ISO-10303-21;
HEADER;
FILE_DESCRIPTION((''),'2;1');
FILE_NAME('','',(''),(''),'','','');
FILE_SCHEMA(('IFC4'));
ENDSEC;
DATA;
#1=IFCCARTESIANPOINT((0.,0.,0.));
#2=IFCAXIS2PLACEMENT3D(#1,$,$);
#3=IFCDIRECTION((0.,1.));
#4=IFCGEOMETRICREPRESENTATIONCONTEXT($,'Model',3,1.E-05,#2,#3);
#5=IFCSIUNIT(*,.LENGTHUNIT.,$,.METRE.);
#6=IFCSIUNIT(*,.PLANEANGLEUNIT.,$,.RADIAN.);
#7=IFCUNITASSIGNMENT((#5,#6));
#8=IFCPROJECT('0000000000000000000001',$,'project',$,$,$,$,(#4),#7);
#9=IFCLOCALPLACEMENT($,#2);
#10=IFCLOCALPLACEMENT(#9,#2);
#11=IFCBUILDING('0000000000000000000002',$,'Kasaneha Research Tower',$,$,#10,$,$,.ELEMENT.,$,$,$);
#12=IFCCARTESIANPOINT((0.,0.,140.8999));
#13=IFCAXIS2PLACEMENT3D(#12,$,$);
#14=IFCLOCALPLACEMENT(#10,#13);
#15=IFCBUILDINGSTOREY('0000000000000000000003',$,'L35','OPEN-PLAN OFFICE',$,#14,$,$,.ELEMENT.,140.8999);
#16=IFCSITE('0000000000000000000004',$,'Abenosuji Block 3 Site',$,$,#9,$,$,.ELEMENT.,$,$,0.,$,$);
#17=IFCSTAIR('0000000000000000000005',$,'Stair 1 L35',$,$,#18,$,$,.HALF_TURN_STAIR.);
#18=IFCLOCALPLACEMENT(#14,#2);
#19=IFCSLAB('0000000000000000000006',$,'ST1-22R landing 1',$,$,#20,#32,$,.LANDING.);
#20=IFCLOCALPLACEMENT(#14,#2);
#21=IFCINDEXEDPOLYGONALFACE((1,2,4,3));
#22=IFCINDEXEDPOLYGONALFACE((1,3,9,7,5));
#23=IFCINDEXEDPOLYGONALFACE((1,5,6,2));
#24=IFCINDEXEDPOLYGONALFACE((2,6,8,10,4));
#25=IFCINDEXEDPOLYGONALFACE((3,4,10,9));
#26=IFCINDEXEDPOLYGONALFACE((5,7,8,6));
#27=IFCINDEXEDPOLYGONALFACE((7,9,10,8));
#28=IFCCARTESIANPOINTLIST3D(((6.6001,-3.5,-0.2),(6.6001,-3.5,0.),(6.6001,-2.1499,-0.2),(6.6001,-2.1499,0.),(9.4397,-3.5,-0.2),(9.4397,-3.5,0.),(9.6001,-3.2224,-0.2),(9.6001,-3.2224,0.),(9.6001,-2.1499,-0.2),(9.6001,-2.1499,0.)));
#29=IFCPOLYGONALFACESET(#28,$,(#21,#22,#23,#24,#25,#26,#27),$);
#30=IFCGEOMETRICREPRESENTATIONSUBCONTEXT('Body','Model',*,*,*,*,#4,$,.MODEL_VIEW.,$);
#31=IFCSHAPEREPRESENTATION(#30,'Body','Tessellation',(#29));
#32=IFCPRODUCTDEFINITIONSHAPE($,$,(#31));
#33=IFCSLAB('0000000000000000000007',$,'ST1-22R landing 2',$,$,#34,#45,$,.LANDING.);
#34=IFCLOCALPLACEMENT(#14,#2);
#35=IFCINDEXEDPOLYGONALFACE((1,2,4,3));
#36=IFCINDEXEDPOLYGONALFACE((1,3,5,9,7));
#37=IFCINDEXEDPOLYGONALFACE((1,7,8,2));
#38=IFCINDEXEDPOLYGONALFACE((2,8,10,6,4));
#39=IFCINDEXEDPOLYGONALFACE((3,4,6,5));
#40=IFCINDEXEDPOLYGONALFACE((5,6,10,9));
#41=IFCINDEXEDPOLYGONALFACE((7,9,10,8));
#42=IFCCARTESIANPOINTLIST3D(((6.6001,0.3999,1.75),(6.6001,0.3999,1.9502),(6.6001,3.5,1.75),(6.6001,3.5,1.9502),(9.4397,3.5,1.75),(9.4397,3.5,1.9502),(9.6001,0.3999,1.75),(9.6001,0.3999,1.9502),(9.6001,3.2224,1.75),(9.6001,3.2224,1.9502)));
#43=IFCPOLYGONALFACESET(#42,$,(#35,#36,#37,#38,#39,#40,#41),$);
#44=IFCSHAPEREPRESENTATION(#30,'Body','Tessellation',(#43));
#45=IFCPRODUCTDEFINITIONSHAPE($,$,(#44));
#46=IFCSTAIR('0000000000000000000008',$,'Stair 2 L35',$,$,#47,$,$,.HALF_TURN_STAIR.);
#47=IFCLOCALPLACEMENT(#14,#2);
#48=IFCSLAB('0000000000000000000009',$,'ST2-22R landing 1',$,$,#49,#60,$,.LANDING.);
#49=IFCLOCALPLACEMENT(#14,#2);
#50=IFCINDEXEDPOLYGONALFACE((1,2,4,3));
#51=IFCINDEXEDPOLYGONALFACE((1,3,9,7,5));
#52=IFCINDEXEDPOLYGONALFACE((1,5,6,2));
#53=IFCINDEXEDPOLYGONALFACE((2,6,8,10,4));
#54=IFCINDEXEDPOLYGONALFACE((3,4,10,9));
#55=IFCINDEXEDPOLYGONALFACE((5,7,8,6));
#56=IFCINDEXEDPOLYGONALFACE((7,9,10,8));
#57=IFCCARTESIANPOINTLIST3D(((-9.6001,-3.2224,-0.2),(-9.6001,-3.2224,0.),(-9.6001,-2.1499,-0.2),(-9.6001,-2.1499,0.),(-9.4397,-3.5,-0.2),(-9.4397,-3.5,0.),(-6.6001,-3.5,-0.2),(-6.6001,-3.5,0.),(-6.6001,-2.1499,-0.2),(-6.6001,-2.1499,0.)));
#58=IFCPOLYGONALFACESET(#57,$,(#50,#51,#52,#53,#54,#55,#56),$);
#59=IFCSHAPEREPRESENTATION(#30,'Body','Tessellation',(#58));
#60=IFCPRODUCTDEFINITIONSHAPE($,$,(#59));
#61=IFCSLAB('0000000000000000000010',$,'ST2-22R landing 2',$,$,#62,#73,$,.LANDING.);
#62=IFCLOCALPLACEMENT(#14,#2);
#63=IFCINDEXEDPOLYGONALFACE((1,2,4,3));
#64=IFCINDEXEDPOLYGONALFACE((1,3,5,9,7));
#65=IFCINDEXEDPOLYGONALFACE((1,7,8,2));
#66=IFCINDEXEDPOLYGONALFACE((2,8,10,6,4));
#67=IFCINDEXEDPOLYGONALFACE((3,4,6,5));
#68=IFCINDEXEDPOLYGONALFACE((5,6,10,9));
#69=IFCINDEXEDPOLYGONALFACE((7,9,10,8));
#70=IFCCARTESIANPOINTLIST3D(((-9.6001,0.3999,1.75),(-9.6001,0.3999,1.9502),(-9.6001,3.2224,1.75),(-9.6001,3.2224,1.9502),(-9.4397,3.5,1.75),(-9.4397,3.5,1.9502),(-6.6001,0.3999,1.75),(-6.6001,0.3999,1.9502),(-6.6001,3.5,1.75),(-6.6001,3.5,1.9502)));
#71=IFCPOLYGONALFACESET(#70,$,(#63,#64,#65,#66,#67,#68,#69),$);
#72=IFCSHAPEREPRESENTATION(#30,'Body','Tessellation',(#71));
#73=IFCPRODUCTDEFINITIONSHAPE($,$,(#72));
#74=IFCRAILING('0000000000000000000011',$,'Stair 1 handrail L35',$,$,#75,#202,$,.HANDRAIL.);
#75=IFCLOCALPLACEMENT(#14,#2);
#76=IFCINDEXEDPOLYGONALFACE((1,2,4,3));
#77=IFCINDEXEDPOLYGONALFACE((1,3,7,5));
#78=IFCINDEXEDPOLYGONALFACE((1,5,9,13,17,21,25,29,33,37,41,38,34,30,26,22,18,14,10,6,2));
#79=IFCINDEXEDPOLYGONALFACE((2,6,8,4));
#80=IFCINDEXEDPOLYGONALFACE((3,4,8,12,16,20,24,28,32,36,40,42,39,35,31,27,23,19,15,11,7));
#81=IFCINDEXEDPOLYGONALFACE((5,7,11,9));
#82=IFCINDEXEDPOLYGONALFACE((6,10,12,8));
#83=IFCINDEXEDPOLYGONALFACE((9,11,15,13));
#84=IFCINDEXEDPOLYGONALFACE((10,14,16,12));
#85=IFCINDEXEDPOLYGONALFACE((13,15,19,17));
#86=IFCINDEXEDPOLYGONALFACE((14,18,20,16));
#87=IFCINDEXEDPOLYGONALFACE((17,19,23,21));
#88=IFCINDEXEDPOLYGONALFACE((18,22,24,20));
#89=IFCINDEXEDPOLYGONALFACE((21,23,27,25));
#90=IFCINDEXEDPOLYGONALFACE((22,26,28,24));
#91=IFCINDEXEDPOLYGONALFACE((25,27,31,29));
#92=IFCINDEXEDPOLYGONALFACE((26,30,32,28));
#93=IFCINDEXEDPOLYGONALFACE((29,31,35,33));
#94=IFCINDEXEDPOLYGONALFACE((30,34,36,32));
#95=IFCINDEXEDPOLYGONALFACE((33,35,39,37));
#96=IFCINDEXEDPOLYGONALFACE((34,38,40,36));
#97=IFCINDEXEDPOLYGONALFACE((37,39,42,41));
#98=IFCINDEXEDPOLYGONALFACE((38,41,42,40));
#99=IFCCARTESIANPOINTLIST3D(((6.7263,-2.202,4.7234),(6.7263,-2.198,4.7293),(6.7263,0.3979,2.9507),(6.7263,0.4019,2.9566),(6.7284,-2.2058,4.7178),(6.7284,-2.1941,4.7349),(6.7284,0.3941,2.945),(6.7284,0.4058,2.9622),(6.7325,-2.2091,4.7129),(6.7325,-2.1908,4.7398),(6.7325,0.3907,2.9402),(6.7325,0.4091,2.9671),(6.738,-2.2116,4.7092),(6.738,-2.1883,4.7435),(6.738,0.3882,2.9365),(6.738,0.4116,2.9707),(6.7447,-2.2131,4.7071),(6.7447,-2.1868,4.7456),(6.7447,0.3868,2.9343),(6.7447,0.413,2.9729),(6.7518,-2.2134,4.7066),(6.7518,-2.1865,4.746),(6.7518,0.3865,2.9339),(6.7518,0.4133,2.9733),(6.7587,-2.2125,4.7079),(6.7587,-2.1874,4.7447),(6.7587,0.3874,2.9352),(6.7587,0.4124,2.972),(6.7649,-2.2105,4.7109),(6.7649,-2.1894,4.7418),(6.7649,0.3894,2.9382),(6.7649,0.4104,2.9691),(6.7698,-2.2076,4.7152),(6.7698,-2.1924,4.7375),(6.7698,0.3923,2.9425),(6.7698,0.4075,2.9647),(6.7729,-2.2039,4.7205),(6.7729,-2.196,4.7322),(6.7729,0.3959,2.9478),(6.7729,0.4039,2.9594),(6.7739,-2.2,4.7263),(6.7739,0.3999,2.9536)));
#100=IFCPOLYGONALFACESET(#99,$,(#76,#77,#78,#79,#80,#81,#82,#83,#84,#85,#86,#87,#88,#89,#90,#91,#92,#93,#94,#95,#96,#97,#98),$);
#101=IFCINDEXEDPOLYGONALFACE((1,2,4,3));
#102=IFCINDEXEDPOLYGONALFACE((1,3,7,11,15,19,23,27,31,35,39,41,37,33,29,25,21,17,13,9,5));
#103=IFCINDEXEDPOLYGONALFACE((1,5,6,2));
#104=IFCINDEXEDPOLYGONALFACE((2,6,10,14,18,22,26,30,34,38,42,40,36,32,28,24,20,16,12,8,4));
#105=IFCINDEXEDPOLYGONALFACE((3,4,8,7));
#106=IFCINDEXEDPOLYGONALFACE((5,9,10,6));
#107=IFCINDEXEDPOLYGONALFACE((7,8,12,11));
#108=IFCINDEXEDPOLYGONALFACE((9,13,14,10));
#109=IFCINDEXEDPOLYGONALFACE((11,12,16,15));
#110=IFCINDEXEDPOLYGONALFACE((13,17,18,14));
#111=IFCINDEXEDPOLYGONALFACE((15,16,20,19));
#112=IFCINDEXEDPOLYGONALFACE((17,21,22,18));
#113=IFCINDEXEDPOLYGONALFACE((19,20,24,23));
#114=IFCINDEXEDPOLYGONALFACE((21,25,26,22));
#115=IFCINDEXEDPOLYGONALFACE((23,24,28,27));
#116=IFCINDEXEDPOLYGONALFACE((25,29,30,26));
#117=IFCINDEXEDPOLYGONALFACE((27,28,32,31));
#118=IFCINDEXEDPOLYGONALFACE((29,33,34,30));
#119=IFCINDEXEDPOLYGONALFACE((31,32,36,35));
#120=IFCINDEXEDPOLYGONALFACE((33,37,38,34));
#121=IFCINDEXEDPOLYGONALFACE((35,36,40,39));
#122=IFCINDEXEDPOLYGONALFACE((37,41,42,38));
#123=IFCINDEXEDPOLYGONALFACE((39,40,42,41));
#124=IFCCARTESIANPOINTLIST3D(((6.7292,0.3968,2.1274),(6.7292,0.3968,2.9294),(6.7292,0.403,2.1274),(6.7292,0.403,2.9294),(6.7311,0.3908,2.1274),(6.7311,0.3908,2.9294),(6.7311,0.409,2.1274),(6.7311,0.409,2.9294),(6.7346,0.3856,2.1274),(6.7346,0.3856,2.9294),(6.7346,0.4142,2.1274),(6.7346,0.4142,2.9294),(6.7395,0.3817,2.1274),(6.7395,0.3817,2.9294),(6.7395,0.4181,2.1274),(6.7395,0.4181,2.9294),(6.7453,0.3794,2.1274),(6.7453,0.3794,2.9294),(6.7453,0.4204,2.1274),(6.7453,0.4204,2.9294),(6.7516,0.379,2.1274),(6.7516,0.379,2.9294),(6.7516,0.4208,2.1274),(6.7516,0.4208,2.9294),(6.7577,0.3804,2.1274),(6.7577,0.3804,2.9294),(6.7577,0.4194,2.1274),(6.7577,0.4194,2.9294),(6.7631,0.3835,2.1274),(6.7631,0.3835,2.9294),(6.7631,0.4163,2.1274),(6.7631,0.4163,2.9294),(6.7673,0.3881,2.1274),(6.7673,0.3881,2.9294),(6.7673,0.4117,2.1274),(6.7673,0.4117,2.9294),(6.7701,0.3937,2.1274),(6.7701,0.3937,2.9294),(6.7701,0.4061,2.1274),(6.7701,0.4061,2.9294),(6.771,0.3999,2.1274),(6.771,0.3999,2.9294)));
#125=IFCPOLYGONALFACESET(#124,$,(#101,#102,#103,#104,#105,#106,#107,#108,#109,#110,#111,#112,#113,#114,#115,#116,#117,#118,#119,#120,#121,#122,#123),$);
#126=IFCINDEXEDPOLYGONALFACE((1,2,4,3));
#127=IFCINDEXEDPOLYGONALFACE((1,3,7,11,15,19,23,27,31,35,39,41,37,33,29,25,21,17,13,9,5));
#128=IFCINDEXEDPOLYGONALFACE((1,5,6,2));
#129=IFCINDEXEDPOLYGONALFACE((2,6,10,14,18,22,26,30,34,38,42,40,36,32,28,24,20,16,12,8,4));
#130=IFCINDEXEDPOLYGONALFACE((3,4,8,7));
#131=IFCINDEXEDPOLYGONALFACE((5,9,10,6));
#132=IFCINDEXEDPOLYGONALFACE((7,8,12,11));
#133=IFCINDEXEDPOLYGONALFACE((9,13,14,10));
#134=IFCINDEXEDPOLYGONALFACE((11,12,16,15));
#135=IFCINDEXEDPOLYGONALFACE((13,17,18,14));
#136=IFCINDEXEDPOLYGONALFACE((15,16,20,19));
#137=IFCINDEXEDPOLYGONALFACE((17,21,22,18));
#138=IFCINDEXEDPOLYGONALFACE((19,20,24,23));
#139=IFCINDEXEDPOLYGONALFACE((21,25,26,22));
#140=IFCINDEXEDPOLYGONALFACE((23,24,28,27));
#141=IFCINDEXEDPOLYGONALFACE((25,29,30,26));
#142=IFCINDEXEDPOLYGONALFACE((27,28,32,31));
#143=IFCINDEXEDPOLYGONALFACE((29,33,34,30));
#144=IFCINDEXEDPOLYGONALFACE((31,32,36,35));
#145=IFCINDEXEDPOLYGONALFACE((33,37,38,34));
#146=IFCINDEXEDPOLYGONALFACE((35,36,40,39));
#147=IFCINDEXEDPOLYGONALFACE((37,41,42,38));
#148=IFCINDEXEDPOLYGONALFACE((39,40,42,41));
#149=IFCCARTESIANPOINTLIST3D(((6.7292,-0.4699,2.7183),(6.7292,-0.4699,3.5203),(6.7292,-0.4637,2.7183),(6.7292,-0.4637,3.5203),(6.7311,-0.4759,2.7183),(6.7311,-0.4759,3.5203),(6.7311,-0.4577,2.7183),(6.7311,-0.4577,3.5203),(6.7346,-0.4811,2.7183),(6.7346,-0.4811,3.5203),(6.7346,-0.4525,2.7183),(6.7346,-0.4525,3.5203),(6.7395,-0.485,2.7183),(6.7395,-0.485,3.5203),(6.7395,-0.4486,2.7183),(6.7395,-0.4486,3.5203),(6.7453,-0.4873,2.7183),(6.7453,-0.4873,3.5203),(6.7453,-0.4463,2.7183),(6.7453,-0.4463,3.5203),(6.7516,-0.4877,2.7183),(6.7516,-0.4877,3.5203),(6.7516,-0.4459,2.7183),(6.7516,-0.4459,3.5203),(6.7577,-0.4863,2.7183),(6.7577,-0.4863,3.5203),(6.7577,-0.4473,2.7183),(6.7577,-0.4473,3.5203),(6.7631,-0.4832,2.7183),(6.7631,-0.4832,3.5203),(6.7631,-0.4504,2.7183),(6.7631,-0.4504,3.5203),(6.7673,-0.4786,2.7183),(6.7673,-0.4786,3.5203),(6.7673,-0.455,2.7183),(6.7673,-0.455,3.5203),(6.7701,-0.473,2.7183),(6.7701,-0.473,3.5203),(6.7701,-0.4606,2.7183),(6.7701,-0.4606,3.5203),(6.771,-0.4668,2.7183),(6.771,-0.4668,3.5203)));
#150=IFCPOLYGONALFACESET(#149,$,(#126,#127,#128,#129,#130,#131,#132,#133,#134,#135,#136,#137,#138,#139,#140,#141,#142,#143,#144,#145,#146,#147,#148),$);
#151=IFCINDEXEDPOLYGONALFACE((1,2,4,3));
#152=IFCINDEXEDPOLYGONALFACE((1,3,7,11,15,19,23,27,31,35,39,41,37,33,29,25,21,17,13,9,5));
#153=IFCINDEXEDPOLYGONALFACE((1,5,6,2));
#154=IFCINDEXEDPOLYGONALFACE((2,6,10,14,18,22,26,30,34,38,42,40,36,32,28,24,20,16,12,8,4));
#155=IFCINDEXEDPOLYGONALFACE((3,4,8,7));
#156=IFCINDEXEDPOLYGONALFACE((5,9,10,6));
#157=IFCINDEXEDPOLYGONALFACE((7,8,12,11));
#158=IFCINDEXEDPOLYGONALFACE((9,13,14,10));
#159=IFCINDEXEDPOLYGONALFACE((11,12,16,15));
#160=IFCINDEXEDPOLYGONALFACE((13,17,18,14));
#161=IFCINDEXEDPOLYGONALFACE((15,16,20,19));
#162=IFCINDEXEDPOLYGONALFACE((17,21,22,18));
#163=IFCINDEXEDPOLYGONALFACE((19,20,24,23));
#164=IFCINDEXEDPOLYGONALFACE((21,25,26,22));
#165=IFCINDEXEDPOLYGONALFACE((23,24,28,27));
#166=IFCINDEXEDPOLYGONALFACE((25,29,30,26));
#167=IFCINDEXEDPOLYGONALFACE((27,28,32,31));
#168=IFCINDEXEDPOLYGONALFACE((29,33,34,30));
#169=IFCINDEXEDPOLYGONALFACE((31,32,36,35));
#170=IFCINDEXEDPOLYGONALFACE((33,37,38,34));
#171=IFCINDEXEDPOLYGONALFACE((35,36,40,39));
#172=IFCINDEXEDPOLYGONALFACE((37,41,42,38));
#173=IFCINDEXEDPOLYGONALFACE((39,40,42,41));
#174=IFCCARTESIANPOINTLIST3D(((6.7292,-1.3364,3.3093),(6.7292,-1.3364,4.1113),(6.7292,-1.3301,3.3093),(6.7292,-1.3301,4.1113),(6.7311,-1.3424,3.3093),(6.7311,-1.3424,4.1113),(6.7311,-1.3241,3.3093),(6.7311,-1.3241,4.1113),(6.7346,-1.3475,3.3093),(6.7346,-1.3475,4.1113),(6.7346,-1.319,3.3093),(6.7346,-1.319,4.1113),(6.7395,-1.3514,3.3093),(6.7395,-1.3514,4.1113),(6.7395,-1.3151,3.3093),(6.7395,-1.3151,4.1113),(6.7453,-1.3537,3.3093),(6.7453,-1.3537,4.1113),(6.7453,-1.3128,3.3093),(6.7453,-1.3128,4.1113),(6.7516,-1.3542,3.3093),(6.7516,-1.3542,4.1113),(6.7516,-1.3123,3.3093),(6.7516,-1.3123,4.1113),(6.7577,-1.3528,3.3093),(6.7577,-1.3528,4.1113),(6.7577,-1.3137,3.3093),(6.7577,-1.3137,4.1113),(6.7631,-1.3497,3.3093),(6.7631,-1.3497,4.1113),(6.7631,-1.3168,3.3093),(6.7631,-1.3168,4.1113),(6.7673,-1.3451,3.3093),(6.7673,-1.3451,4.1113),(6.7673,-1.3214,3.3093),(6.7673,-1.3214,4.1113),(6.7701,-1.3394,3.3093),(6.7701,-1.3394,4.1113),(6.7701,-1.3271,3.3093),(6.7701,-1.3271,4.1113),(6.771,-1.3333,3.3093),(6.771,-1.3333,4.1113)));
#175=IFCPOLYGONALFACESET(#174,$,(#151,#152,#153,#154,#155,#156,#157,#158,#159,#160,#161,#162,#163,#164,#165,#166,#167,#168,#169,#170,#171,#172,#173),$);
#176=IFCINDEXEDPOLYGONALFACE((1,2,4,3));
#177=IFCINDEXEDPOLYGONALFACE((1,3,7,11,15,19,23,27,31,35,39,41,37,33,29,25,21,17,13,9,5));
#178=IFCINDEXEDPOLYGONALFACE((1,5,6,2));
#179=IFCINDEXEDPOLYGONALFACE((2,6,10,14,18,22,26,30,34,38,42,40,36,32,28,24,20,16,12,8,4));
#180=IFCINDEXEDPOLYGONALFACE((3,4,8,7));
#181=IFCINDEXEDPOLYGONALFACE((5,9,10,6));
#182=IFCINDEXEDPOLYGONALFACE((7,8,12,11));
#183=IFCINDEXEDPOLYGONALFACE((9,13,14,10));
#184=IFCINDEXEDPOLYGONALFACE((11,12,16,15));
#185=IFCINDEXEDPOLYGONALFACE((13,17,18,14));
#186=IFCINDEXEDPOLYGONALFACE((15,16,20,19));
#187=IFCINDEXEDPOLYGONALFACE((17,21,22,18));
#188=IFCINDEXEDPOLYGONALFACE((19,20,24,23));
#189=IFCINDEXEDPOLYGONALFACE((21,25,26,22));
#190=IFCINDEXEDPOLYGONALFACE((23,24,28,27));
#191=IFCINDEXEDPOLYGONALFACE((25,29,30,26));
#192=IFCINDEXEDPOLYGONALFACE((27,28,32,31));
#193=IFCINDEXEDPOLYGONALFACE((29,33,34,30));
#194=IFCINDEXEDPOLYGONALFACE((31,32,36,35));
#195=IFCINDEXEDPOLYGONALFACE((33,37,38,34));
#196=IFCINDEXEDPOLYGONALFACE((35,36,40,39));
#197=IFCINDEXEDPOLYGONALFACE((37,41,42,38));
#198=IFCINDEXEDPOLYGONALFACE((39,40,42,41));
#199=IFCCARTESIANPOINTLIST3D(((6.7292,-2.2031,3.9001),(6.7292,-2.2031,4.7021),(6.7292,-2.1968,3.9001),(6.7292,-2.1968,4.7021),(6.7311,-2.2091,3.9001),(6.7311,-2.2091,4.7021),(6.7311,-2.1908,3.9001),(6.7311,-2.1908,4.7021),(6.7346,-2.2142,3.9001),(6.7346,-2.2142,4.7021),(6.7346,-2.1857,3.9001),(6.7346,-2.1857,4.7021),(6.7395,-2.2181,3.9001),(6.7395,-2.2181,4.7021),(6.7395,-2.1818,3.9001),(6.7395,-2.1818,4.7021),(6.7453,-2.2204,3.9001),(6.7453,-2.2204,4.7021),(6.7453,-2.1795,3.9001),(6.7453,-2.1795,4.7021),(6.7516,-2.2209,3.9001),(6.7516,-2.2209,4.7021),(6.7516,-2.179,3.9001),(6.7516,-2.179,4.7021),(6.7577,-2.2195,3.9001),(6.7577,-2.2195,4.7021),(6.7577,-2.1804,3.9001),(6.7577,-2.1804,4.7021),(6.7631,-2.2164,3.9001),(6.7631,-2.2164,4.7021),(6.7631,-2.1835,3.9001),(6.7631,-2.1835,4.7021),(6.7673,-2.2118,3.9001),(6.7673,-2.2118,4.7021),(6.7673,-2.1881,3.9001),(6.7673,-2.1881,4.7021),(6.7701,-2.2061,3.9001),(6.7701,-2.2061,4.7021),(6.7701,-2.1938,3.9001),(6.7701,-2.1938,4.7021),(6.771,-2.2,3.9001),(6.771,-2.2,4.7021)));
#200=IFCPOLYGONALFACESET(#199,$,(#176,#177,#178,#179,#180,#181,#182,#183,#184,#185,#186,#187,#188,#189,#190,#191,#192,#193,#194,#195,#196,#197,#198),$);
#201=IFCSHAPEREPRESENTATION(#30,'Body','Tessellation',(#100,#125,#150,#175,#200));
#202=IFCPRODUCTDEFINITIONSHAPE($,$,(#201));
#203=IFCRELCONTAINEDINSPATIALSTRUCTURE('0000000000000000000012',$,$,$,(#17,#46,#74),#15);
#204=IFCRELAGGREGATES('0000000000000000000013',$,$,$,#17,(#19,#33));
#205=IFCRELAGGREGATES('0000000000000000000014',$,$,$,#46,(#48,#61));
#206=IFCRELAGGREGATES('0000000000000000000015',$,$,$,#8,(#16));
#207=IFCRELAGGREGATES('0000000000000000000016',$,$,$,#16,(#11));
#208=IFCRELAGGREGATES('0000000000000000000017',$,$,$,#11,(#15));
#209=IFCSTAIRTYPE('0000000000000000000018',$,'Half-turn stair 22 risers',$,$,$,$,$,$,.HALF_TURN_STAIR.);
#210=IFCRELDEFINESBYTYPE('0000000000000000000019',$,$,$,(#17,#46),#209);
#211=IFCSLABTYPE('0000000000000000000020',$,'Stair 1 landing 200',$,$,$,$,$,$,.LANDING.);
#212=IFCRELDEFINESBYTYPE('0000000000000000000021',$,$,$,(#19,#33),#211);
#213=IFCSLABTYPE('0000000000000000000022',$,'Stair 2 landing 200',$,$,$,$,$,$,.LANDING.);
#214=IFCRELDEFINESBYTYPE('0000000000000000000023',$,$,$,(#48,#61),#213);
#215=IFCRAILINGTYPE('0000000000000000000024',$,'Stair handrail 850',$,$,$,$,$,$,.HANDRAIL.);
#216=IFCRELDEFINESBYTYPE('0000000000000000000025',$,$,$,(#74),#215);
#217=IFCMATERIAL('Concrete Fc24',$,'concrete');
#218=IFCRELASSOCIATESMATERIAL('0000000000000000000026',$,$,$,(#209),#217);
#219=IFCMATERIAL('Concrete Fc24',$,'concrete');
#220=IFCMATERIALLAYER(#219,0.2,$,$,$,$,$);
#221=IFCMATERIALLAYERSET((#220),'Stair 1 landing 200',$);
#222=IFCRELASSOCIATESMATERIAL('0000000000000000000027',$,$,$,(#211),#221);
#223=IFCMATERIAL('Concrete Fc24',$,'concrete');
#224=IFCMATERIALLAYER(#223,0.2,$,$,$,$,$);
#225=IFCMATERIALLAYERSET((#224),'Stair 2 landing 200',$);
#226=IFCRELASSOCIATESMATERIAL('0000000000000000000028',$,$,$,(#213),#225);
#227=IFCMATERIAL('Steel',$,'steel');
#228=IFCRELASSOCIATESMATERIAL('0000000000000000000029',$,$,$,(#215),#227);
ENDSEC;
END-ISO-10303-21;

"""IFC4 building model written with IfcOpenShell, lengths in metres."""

from ifc_helpers import new_model, si_unit, direction, frame, origin, origin_2d, place, context, subcontext, project, spatial, polyline, circle, outline, extrude, material, layer, layer_set, type_object, element, aggregate, save


model = new_model("IFC4")

# Units and contexts
model_context = context("Model", 3, precision=1e-05, world=origin(), true_north=direction((0.0, 1.0)))
body_context = subcontext(model_context, "Body", "Model", "MODEL_VIEW")
ifc_project = project(units=[si_unit("LENGTHUNIT", "METRE"), si_unit("PLANEANGLEUNIT", "RADIAN")], contexts=[model_context])

# Site, building, storey
site_placement = place(None, origin())
site = spatial("IfcSite", under=ifc_project, at=site_placement, Name="Abenosuji Block 3 Site", CompositionType="ELEMENT", RefElevation=0.0)
building_placement = place(site_placement, origin())
building = spatial("IfcBuilding", under=site, at=building_placement, Name="Kasaneha Research Tower", CompositionType="ELEMENT")
storey_placement = place(building_placement, frame((0.0, 0.0, 140.8999)))
storey = spatial("IfcBuildingStorey", under=building, at=storey_placement, Name="L35", Description="OPEN-PLAN OFFICE", CompositionType="ELEMENT", Elevation=140.8999)

# Stairs, slabs
ifc_material_1 = material(Name="Concrete Fc24", Category="concrete")
stair_type = type_object("IfcStairType", Name="Half-turn stair 22 risers", PredefinedType="HALF_TURN_STAIR", material=ifc_material_1)
stair_1_placement = place(storey_placement, origin())
stair_1 = element("IfcStair", 1, at=stair_1_placement, inside=storey, type_object=stair_type, Name="Stair 1 L35", PredefinedType="HALF_TURN_STAIR")
ifc_material_2 = material(Name="Concrete Fc24", Category="concrete")
ifc_layer_1 = layer(ifc_material_2, 0.2)
ifc_layer_set_1 = layer_set([ifc_layer_1], Name="Stair 1 landing 200")
slab_type_1 = type_object("IfcSlabType", Name="Stair 1 landing 200", PredefinedType="LANDING", material=ifc_layer_set_1)
slab_1_placement = place(storey_placement, frame((0.0, 0.0, -0.2)))
slab_1 = element("IfcSlab", 2, at=slab_1_placement, type_object=slab_type_1, Name="ST1-22R landing 1", PredefinedType="LANDING", context=body_context, shape_type="SweptSolid", body=[
    extrude(outline(polyline([(9.4397, -3.5), (6.6001, -3.5), (6.6001, -2.1499), (9.6001, -2.1499), (9.6001, -3.2224), (9.4397, -3.5)])), origin(), (0.0, 0.0, 1.0), 0.2),
])
slab_2_placement = place(storey_placement, frame((0.0, 0.0, 1.75)))
slab_2 = element("IfcSlab", 3, at=slab_2_placement, type_object=slab_type_1, Name="ST1-22R landing 2", PredefinedType="LANDING", context=body_context, shape_type="SweptSolid", body=[
    extrude(outline(polyline([(6.6001, 3.5), (9.4397, 3.5), (9.6001, 3.2224), (9.6001, 0.3999), (6.6001, 0.3999), (6.6001, 3.5)])), origin(), (0.0, 0.0, 1.0), 0.2002),
])
aggregate(stair_1, [slab_1, slab_2])
stair_2_placement = place(storey_placement, origin())
stair_2 = element("IfcStair", 4, at=stair_2_placement, inside=storey, type_object=stair_type, Name="Stair 2 L35", PredefinedType="HALF_TURN_STAIR")
ifc_material_3 = material(Name="Concrete Fc24", Category="concrete")
ifc_layer_2 = layer(ifc_material_3, 0.2)
ifc_layer_set_2 = layer_set([ifc_layer_2], Name="Stair 2 landing 200")
slab_type_2 = type_object("IfcSlabType", Name="Stair 2 landing 200", PredefinedType="LANDING", material=ifc_layer_set_2)
slab_3_placement = place(storey_placement, frame((0.0, 0.0, -0.2)))
slab_3 = element("IfcSlab", 5, at=slab_3_placement, type_object=slab_type_2, Name="ST2-22R landing 1", PredefinedType="LANDING", context=body_context, shape_type="SweptSolid", body=[
    extrude(outline(polyline([(-6.6001, -3.5), (-9.4397, -3.5), (-9.6001, -3.2224), (-9.6001, -2.1499), (-6.6001, -2.1499), (-6.6001, -3.5)])), origin(), (0.0, 0.0, 1.0), 0.2),
])
slab_4_placement = place(storey_placement, frame((0.0, 0.0, 1.75)))
slab_4 = element("IfcSlab", 6, at=slab_4_placement, type_object=slab_type_2, Name="ST2-22R landing 2", PredefinedType="LANDING", context=body_context, shape_type="SweptSolid", body=[
    extrude(outline(polyline([(-6.6001, 0.3999), (-9.6001, 0.3999), (-9.6001, 3.2224), (-9.4397, 3.5), (-6.6001, 3.5), (-6.6001, 0.3999)])), origin(), (0.0, 0.0, 1.0), 0.2002),
])
aggregate(stair_2, [slab_3, slab_4])

# Railing
ifc_material_4 = material(Name="Steel", Category="steel")
railing_type = type_object("IfcRailingType", Name="Stair handrail 850", PredefinedType="HANDRAIL", material=ifc_material_4)
railing_placement = place(storey_placement, frame((6.75, 0.3999, 2.1274)))
element("IfcRailing", 7, at=railing_placement, inside=storey, type_object=railing_type, Name="Stair 1 handrail L35", PredefinedType="HANDRAIL", context=body_context, shape_type="SweptSolid", body=[
    extrude(circle(Radius=0.0239, at=origin_2d()), frame((0.0, 0.0, 0.8262), z_axis=(0.0, -0.826216, 0.563354), x_axis=(1.0, 0.0, 0.0)), (0.0, 0.0, 1.0), 3.1467),
    extrude(circle(Radius=0.021, at=origin_2d()), origin(), (0.0, 0.0, 1.0), 0.802),
    extrude(circle(Radius=0.021, at=origin_2d()), frame((0.0, -0.8667, 0.5908)), (0.0, 0.0, 1.0), 0.802),
    extrude(circle(Radius=0.021, at=origin_2d()), frame((0.0, -1.7332, 1.1819)), (0.0, 0.0, 1.0), 0.802),
    extrude(circle(Radius=0.021, at=origin_2d()), frame((0.0, -2.5999, 1.7727)), (0.0, 0.0, 1.0), 0.802),
])

save(model, "model.ifc")
